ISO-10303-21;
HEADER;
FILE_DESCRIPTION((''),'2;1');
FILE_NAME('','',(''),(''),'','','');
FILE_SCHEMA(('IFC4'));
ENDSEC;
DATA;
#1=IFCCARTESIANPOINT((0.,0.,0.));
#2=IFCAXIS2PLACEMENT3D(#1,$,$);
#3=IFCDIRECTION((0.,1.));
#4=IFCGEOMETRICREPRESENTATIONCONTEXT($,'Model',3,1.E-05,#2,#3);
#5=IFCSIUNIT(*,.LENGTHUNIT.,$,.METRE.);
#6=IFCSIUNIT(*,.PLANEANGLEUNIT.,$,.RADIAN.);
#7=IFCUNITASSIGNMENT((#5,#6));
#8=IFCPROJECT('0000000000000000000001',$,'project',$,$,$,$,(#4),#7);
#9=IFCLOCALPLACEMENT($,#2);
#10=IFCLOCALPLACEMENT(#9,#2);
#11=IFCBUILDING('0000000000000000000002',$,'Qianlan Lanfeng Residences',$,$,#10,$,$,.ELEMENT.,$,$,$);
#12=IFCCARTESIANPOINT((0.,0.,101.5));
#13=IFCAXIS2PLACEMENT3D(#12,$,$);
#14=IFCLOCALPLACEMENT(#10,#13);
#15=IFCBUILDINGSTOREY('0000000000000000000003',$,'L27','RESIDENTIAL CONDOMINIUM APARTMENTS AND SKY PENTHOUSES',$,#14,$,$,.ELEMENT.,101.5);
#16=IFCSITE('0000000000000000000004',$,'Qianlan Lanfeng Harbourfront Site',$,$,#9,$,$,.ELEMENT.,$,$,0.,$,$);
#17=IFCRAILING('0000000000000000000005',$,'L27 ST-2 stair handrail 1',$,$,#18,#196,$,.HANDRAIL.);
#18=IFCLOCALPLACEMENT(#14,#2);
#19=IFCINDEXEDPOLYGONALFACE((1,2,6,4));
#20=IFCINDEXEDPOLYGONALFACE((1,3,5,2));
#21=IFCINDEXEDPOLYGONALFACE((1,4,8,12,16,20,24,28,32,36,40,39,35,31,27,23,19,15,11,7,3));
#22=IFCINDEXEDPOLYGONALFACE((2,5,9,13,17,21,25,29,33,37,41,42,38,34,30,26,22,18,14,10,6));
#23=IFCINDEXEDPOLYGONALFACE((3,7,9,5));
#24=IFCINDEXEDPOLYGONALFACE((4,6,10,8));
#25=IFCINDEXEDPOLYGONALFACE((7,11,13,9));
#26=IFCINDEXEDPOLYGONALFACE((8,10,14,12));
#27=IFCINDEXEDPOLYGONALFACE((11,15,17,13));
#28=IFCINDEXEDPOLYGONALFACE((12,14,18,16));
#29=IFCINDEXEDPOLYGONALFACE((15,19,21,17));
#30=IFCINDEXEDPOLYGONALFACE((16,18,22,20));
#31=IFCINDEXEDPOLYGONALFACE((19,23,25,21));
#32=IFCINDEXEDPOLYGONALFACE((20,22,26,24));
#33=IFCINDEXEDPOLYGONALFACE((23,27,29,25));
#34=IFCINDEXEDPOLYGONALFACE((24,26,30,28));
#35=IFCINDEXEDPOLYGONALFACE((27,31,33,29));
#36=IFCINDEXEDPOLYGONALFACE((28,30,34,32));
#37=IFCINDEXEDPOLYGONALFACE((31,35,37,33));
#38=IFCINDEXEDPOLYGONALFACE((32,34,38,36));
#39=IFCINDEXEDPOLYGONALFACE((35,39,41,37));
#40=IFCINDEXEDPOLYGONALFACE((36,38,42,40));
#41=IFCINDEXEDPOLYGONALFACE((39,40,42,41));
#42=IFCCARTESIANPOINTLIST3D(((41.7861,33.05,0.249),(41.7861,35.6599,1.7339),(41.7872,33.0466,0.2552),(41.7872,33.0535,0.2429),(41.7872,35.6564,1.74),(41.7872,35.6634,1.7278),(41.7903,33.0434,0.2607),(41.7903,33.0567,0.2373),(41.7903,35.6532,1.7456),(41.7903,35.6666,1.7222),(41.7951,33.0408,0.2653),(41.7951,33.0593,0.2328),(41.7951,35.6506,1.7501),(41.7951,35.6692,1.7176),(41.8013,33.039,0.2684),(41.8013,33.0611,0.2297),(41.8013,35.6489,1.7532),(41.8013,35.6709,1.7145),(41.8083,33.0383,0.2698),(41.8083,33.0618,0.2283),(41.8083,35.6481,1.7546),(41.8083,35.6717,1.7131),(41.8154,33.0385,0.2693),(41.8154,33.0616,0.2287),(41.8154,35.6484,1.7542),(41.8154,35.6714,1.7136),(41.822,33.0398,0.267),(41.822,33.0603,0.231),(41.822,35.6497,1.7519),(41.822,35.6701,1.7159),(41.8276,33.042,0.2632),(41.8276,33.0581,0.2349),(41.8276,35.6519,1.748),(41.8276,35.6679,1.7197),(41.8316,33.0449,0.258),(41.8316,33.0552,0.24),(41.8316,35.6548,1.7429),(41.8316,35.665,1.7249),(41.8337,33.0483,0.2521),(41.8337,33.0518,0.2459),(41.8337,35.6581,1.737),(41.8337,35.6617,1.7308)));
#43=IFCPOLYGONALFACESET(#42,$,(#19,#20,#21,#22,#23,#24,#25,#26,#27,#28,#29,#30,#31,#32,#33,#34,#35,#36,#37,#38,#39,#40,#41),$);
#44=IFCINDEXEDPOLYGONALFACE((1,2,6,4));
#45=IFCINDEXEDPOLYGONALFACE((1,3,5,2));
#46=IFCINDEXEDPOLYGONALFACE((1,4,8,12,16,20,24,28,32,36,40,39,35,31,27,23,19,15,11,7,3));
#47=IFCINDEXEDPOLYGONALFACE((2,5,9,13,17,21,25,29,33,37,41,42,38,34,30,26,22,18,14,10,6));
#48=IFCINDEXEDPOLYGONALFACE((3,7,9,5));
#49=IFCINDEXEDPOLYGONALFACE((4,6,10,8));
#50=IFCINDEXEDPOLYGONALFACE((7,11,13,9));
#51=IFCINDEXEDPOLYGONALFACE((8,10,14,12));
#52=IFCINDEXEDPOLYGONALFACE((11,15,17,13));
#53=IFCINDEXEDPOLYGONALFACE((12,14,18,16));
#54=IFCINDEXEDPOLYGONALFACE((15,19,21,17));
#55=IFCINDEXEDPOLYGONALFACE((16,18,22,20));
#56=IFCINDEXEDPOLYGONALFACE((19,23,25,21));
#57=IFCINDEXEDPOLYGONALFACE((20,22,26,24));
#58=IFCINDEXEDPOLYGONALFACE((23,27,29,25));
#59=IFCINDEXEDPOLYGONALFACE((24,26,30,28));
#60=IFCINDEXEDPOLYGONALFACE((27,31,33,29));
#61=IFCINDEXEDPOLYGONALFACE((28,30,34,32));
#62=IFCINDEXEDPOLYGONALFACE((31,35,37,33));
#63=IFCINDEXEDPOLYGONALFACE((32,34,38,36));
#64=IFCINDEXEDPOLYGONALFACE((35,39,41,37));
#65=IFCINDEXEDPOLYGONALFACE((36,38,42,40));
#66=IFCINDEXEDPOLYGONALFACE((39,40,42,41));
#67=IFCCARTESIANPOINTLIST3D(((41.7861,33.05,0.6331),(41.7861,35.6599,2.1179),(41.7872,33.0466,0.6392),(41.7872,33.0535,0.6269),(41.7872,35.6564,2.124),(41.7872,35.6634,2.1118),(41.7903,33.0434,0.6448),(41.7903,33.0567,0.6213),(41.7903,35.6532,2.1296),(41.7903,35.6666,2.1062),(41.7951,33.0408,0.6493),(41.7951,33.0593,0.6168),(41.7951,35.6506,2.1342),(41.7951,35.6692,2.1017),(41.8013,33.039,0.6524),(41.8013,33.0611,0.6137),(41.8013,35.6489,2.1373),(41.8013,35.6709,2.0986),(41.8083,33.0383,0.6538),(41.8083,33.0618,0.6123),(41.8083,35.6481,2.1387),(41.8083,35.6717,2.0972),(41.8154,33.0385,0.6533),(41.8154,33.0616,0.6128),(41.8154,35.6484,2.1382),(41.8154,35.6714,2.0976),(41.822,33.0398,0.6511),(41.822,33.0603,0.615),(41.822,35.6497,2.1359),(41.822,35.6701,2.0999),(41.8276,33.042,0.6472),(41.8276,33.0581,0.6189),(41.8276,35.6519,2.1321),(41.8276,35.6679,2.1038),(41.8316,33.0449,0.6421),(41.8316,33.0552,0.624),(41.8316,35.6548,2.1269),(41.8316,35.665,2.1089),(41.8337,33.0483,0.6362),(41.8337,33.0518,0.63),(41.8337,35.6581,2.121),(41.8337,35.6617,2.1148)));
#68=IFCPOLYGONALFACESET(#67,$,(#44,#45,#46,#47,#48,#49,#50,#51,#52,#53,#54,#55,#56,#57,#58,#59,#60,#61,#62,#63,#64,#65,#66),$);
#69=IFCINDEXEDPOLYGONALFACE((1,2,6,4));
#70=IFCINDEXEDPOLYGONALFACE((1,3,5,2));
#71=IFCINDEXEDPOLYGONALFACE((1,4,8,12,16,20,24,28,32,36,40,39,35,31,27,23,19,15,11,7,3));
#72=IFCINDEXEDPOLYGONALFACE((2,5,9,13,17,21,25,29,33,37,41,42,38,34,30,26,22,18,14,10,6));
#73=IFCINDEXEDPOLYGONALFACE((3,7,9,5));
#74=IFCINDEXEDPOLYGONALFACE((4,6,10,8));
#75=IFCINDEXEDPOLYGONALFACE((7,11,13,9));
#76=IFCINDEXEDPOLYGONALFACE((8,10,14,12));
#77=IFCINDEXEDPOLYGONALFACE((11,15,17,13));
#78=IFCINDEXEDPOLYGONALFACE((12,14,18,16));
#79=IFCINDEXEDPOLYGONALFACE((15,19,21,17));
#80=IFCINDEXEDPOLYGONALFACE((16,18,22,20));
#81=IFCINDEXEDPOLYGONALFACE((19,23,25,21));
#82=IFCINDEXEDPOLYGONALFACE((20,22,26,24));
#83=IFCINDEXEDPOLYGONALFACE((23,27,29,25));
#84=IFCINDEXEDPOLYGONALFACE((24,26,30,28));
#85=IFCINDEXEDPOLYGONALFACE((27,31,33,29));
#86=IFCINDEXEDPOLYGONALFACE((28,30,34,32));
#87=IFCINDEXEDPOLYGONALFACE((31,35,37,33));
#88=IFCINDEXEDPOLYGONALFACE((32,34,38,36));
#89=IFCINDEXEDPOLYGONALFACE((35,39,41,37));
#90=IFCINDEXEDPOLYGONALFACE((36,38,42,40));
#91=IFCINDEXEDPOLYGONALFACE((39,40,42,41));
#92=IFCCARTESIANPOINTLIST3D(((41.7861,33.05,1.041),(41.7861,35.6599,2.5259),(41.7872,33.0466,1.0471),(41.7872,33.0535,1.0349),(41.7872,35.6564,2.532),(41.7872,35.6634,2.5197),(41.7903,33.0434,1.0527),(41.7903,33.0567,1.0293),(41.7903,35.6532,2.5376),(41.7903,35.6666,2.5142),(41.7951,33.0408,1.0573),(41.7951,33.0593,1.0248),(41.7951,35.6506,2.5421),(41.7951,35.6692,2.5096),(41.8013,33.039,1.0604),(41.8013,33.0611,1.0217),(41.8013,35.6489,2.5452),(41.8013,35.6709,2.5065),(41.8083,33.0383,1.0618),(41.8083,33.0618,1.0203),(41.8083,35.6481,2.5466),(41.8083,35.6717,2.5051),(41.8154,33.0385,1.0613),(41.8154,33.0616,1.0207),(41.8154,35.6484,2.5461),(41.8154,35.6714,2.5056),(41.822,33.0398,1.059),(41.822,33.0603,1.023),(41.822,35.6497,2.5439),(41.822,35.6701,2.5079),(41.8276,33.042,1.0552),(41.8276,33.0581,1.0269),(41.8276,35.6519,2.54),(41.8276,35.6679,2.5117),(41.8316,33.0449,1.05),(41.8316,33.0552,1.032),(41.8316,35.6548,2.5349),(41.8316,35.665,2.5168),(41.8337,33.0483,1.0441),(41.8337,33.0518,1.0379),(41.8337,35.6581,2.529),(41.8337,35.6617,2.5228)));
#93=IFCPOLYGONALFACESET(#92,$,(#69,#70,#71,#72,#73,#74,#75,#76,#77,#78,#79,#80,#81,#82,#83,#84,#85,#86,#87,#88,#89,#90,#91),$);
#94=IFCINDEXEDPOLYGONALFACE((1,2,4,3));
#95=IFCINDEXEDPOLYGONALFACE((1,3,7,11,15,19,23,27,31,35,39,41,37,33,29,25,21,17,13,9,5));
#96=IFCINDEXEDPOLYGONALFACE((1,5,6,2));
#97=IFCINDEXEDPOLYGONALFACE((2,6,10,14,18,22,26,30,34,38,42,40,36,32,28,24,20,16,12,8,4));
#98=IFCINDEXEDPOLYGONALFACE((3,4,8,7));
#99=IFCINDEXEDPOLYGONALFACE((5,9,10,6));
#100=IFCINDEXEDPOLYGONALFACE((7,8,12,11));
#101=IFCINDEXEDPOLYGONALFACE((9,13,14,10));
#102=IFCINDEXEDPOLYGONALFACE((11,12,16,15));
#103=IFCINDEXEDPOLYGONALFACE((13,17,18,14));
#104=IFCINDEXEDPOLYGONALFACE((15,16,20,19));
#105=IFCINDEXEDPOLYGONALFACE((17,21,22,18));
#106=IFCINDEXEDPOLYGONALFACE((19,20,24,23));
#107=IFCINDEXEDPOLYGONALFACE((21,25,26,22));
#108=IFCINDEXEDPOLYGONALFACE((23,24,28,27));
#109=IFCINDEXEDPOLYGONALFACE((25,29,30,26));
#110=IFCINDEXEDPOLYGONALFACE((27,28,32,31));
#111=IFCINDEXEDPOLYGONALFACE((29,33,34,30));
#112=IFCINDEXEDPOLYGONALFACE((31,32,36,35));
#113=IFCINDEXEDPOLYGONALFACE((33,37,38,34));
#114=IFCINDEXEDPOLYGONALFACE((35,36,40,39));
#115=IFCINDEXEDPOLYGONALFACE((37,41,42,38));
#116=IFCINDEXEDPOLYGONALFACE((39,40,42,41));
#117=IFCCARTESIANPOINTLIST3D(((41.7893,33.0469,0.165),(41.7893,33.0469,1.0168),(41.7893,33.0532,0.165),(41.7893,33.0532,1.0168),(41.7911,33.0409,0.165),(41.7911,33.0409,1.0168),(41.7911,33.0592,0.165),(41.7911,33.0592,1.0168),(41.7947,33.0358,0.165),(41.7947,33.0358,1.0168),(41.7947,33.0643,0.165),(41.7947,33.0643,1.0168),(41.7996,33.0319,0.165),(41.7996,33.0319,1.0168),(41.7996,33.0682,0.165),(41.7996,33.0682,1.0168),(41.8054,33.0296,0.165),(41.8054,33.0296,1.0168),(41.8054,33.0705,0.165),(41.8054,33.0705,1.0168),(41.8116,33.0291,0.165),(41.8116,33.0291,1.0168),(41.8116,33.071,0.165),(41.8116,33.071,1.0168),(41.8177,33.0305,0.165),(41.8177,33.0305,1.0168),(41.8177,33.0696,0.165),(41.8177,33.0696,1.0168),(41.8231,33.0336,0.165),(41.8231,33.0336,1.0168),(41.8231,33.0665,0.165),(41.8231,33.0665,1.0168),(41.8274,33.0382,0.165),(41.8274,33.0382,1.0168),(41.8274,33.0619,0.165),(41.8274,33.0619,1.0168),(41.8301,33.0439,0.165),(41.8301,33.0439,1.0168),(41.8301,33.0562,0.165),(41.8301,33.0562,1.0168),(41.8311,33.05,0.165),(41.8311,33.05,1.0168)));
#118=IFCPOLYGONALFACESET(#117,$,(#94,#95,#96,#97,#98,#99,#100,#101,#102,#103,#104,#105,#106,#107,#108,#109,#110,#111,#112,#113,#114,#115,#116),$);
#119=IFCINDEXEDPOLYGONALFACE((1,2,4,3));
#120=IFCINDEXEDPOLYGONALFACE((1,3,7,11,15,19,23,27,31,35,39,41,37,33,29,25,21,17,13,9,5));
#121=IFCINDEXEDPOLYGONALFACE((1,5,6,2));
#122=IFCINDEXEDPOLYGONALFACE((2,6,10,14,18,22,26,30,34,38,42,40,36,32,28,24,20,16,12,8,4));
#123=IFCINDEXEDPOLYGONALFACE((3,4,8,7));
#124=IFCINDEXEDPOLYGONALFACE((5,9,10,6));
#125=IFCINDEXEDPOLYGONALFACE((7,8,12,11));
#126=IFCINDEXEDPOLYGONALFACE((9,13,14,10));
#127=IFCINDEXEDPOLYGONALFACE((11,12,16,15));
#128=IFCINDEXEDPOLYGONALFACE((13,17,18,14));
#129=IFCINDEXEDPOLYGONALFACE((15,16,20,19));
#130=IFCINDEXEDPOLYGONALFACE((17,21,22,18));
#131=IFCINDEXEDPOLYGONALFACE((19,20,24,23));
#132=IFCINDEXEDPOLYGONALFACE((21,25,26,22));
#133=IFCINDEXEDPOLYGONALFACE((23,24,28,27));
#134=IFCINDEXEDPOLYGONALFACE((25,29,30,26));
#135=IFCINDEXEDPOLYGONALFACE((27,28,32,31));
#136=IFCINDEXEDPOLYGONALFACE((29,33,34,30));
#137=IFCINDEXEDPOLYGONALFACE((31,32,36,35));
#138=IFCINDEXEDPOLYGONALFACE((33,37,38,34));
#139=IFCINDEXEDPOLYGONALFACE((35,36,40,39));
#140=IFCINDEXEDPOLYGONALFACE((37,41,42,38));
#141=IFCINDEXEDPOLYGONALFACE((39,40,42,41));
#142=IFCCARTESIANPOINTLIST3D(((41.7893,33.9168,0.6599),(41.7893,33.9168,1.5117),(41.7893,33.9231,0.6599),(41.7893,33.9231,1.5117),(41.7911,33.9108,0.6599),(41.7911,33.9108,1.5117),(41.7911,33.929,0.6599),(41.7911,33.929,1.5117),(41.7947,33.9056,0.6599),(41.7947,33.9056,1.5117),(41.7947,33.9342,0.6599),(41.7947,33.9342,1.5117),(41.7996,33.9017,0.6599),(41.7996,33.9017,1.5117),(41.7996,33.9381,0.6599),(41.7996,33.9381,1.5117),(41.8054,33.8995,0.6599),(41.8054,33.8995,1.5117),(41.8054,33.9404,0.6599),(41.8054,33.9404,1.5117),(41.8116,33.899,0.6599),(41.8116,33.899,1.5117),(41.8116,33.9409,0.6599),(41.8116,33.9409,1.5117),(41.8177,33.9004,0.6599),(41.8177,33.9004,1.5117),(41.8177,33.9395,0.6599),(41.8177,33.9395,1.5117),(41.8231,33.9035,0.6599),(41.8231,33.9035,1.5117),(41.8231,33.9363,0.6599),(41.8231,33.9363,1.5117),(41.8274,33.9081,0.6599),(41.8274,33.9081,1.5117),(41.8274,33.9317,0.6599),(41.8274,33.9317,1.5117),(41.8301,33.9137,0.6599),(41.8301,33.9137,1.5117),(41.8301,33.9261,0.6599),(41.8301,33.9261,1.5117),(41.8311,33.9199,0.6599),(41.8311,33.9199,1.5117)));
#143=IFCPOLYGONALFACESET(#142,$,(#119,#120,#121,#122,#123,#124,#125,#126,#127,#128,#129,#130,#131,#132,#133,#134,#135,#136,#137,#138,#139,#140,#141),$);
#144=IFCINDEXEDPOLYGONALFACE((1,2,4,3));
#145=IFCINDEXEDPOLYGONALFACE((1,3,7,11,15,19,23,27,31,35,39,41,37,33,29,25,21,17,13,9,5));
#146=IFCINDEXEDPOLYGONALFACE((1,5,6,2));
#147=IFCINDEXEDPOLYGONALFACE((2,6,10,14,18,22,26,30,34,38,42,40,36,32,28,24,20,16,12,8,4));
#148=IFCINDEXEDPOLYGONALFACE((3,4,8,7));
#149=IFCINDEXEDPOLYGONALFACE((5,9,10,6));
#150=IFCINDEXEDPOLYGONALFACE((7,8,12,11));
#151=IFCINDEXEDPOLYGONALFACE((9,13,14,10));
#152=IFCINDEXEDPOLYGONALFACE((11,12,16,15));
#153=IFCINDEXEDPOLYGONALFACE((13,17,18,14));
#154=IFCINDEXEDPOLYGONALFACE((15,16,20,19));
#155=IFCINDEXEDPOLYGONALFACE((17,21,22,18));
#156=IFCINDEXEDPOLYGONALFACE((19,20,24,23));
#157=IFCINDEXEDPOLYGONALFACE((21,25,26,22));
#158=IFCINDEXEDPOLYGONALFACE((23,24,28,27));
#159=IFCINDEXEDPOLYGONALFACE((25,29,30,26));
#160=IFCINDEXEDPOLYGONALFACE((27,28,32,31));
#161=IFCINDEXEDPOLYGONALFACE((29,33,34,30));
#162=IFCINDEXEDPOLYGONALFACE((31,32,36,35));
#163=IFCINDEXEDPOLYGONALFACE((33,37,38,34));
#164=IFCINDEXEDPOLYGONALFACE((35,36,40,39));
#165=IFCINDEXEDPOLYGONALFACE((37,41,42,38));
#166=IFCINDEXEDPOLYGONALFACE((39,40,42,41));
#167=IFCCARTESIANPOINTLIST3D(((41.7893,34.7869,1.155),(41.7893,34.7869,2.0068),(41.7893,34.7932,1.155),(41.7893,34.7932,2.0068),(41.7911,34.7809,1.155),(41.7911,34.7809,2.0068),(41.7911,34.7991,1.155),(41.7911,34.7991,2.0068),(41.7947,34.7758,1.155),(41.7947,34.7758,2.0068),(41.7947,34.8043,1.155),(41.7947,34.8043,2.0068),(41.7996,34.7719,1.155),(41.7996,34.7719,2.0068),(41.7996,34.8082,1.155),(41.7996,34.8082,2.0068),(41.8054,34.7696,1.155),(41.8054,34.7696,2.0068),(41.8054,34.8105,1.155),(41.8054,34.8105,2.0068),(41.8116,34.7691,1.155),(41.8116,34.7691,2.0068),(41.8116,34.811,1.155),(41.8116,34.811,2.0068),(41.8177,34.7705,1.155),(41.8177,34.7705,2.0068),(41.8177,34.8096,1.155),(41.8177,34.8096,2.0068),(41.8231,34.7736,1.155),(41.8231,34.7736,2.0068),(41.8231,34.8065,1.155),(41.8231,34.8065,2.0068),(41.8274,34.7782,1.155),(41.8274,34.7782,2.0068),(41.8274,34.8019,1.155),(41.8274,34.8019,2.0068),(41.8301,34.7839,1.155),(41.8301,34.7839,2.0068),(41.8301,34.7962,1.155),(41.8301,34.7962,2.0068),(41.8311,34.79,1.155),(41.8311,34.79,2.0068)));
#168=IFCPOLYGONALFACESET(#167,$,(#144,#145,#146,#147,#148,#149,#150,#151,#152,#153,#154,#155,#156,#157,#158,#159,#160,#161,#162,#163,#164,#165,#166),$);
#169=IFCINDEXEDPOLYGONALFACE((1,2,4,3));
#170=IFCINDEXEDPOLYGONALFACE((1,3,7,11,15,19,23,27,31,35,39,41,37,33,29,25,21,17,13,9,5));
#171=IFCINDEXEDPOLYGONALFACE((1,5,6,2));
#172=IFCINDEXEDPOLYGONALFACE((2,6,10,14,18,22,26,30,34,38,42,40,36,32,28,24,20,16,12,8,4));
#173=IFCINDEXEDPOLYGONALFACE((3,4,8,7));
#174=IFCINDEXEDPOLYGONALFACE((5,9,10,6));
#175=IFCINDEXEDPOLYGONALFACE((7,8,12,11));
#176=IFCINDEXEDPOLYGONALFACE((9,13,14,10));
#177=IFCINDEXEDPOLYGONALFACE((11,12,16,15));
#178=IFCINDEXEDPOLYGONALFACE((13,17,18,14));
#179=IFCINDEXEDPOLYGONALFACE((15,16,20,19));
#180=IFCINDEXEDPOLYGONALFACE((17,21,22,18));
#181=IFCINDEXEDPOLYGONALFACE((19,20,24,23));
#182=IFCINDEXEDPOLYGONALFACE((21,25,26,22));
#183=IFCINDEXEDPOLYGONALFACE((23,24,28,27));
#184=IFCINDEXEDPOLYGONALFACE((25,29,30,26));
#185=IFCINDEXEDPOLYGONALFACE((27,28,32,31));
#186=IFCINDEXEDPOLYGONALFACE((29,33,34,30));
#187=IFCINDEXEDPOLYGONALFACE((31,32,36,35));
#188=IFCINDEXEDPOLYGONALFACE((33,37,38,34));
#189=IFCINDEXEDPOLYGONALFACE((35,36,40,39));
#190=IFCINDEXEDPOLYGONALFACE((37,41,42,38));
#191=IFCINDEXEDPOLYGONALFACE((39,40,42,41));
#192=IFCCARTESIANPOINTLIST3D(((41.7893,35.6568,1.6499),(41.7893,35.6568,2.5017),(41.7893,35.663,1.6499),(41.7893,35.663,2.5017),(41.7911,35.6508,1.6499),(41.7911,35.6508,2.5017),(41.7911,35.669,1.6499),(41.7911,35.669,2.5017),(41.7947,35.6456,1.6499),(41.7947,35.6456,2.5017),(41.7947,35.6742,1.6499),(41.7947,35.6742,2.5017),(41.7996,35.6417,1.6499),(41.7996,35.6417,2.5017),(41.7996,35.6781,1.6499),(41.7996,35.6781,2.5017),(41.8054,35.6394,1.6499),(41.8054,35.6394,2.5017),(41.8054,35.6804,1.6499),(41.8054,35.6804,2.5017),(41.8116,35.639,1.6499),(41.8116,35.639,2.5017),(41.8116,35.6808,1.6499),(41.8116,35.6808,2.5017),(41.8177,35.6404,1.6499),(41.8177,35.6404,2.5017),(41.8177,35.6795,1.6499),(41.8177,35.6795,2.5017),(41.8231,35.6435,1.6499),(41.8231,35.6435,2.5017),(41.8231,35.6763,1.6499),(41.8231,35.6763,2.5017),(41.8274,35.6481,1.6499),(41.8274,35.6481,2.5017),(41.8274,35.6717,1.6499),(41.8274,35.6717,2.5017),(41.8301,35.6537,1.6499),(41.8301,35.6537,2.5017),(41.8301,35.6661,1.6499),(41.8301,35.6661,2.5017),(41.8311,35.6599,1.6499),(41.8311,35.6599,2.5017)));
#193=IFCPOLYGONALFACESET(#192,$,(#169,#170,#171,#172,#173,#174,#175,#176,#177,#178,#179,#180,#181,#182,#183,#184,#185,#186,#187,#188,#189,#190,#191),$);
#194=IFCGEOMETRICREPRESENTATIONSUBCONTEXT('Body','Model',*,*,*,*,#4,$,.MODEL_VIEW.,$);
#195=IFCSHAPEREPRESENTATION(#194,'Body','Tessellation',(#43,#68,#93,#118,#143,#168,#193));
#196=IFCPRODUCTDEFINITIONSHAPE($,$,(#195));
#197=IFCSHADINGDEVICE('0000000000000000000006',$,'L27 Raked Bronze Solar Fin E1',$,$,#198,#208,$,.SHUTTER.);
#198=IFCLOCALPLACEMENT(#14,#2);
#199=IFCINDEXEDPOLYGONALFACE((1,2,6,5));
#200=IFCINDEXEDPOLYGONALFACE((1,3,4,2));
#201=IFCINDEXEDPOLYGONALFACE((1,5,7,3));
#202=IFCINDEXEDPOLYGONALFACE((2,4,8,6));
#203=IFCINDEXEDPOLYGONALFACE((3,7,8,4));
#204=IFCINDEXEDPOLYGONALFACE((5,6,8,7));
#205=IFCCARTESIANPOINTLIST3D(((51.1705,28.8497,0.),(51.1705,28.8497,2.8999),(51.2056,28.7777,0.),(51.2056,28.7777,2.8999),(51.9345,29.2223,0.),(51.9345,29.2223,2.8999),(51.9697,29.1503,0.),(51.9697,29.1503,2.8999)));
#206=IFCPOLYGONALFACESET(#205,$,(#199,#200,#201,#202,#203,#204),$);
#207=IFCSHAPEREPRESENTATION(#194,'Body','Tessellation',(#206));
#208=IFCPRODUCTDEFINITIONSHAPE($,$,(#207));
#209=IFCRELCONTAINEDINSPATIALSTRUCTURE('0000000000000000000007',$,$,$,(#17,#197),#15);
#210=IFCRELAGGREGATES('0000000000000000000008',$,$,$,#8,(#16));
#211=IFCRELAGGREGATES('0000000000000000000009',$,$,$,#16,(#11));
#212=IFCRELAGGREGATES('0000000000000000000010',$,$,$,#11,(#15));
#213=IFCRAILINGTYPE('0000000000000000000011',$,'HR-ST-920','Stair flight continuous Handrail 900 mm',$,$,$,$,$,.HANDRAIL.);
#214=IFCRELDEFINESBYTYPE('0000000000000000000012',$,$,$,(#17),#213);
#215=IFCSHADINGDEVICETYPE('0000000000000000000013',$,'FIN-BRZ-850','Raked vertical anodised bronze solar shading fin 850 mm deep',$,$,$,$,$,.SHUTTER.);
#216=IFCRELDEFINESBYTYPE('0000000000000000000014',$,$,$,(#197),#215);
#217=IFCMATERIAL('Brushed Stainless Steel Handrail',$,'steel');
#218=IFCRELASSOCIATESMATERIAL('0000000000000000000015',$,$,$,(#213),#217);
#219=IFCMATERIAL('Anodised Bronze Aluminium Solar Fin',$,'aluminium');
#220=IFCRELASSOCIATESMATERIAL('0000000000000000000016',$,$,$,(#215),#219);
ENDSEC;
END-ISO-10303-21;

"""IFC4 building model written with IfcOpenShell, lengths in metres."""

from ifc_helpers import new_model, si_unit, direction, frame, origin, origin_2d, place, context, subcontext, project, spatial, rectangle, circle, extrude, source, transform, mapped, material, type_object, element, save


model = new_model("IFC4")

# Units and contexts
model_context = context("Model", 3, precision=1e-05, world=origin(), true_north=direction((0.0, 1.0)))
body_context = subcontext(model_context, "Body", "Model", "MODEL_VIEW")
ifc_project = project(units=[si_unit("LENGTHUNIT", "METRE"), si_unit("PLANEANGLEUNIT", "RADIAN")], contexts=[model_context])

# Site, building, storey
site_placement = place(None, origin())
site = spatial("IfcSite", under=ifc_project, at=site_placement, Name="Qianlan Lanfeng Harbourfront Site", CompositionType="ELEMENT", RefElevation=0.0)
building_placement = place(site_placement, origin())
building = spatial("IfcBuilding", under=site, at=building_placement, Name="Qianlan Lanfeng Residences", CompositionType="ELEMENT")
storey_placement = place(building_placement, frame((0.0, 0.0, 101.5)))
storey = spatial("IfcBuildingStorey", under=building, at=storey_placement, Name="L27", Description="RESIDENTIAL CONDOMINIUM APARTMENTS AND SKY PENTHOUSES", CompositionType="ELEMENT", Elevation=101.5)

# Railing
ifc_material_1 = material(Name="Brushed Stainless Steel Handrail", Category="steel")
railing_type_1 = type_object("IfcRailingType", Name="HR-ST-920", Description="Stair flight continuous Handrail 900 mm", PredefinedType="HANDRAIL", material=ifc_material_1)
railing_1_placement = place(storey_placement, frame((41.8101, 33.05, 0.165)))
element("IfcRailing", 1, at=railing_1_placement, inside=storey, type_object=railing_type_1, Name="L27 ST-2 stair handrail 1", PredefinedType="HANDRAIL", context=body_context, shape_type="SweptSolid", body=[
    extrude(circle(Radius=0.0239, at=origin_2d()), frame((0.0, 0.0, 0.084), z_axis=(0.0, 0.869172, 0.494509), x_axis=(-1.0, 0.0, 0.0)), (0.0, 0.0, 1.0), 3.0027),
    extrude(circle(Radius=0.0239, at=origin_2d()), frame((0.0, 0.0, 0.468), z_axis=(0.0, 0.869172, 0.494509), x_axis=(-1.0, 0.0, 0.0)), (0.0, 0.0, 1.0), 3.0027),
    extrude(circle(Radius=0.0239, at=origin_2d()), frame((0.0, 0.0, 0.876), z_axis=(0.0, 0.869172, 0.494509), x_axis=(-1.0, 0.0, 0.0)), (0.0, 0.0, 1.0), 3.0027),
    extrude(circle(Radius=0.021, at=origin_2d()), origin(), (0.0, 0.0, 1.0), 0.8518),
    extrude(circle(Radius=0.021, at=origin_2d()), frame((0.0, 0.8699, 0.4949)), (0.0, 0.0, 1.0), 0.8518),
    extrude(circle(Radius=0.021, at=origin_2d()), frame((0.0, 1.74, 0.99)), (0.0, 0.0, 1.0), 0.8518),
    extrude(circle(Radius=0.021, at=origin_2d()), frame((0.0, 2.6099, 1.4849)), (0.0, 0.0, 1.0), 0.8518),
])

# Shading device
ifc_material_2 = material(Name="Anodised Bronze Aluminium Solar Fin", Category="aluminium")
shading_device_type = type_object("IfcShadingDeviceType", Name="FIN-BRZ-850", Description="Raked vertical anodised bronze solar shading fin 850 mm deep", PredefinedType="SHUTTER", material=ifc_material_2)
shared_shape_1 = source(origin(), body_context, "Body", "SweptSolid", [
    extrude(rectangle(XDim=0.8501, YDim=0.0801, at=origin_2d()), origin(), (0.0, 0.0, 1.0), 2.8999),
])
for number, where, z_axis, x_axis, name in (
    (2, (51.5701, 29.0, 0.0), (0.0, 0.0, 1.0), (0.898794, 0.438371, 0.0), "L27 Raked Bronze Solar Fin E1"),
):
    element("IfcShadingDevice", number, at=place(storey_placement, frame(where, z_axis=z_axis, x_axis=x_axis)), inside=storey, type_object=shading_device_type, Name=name, PredefinedType="SHUTTER", context=body_context, shape_type="MappedRepresentation", body=[
        mapped(shared_shape_1, transform((0.0, 0.0, 0.0), scale=1.0)),
    ])

save(model, "model.ifc")
